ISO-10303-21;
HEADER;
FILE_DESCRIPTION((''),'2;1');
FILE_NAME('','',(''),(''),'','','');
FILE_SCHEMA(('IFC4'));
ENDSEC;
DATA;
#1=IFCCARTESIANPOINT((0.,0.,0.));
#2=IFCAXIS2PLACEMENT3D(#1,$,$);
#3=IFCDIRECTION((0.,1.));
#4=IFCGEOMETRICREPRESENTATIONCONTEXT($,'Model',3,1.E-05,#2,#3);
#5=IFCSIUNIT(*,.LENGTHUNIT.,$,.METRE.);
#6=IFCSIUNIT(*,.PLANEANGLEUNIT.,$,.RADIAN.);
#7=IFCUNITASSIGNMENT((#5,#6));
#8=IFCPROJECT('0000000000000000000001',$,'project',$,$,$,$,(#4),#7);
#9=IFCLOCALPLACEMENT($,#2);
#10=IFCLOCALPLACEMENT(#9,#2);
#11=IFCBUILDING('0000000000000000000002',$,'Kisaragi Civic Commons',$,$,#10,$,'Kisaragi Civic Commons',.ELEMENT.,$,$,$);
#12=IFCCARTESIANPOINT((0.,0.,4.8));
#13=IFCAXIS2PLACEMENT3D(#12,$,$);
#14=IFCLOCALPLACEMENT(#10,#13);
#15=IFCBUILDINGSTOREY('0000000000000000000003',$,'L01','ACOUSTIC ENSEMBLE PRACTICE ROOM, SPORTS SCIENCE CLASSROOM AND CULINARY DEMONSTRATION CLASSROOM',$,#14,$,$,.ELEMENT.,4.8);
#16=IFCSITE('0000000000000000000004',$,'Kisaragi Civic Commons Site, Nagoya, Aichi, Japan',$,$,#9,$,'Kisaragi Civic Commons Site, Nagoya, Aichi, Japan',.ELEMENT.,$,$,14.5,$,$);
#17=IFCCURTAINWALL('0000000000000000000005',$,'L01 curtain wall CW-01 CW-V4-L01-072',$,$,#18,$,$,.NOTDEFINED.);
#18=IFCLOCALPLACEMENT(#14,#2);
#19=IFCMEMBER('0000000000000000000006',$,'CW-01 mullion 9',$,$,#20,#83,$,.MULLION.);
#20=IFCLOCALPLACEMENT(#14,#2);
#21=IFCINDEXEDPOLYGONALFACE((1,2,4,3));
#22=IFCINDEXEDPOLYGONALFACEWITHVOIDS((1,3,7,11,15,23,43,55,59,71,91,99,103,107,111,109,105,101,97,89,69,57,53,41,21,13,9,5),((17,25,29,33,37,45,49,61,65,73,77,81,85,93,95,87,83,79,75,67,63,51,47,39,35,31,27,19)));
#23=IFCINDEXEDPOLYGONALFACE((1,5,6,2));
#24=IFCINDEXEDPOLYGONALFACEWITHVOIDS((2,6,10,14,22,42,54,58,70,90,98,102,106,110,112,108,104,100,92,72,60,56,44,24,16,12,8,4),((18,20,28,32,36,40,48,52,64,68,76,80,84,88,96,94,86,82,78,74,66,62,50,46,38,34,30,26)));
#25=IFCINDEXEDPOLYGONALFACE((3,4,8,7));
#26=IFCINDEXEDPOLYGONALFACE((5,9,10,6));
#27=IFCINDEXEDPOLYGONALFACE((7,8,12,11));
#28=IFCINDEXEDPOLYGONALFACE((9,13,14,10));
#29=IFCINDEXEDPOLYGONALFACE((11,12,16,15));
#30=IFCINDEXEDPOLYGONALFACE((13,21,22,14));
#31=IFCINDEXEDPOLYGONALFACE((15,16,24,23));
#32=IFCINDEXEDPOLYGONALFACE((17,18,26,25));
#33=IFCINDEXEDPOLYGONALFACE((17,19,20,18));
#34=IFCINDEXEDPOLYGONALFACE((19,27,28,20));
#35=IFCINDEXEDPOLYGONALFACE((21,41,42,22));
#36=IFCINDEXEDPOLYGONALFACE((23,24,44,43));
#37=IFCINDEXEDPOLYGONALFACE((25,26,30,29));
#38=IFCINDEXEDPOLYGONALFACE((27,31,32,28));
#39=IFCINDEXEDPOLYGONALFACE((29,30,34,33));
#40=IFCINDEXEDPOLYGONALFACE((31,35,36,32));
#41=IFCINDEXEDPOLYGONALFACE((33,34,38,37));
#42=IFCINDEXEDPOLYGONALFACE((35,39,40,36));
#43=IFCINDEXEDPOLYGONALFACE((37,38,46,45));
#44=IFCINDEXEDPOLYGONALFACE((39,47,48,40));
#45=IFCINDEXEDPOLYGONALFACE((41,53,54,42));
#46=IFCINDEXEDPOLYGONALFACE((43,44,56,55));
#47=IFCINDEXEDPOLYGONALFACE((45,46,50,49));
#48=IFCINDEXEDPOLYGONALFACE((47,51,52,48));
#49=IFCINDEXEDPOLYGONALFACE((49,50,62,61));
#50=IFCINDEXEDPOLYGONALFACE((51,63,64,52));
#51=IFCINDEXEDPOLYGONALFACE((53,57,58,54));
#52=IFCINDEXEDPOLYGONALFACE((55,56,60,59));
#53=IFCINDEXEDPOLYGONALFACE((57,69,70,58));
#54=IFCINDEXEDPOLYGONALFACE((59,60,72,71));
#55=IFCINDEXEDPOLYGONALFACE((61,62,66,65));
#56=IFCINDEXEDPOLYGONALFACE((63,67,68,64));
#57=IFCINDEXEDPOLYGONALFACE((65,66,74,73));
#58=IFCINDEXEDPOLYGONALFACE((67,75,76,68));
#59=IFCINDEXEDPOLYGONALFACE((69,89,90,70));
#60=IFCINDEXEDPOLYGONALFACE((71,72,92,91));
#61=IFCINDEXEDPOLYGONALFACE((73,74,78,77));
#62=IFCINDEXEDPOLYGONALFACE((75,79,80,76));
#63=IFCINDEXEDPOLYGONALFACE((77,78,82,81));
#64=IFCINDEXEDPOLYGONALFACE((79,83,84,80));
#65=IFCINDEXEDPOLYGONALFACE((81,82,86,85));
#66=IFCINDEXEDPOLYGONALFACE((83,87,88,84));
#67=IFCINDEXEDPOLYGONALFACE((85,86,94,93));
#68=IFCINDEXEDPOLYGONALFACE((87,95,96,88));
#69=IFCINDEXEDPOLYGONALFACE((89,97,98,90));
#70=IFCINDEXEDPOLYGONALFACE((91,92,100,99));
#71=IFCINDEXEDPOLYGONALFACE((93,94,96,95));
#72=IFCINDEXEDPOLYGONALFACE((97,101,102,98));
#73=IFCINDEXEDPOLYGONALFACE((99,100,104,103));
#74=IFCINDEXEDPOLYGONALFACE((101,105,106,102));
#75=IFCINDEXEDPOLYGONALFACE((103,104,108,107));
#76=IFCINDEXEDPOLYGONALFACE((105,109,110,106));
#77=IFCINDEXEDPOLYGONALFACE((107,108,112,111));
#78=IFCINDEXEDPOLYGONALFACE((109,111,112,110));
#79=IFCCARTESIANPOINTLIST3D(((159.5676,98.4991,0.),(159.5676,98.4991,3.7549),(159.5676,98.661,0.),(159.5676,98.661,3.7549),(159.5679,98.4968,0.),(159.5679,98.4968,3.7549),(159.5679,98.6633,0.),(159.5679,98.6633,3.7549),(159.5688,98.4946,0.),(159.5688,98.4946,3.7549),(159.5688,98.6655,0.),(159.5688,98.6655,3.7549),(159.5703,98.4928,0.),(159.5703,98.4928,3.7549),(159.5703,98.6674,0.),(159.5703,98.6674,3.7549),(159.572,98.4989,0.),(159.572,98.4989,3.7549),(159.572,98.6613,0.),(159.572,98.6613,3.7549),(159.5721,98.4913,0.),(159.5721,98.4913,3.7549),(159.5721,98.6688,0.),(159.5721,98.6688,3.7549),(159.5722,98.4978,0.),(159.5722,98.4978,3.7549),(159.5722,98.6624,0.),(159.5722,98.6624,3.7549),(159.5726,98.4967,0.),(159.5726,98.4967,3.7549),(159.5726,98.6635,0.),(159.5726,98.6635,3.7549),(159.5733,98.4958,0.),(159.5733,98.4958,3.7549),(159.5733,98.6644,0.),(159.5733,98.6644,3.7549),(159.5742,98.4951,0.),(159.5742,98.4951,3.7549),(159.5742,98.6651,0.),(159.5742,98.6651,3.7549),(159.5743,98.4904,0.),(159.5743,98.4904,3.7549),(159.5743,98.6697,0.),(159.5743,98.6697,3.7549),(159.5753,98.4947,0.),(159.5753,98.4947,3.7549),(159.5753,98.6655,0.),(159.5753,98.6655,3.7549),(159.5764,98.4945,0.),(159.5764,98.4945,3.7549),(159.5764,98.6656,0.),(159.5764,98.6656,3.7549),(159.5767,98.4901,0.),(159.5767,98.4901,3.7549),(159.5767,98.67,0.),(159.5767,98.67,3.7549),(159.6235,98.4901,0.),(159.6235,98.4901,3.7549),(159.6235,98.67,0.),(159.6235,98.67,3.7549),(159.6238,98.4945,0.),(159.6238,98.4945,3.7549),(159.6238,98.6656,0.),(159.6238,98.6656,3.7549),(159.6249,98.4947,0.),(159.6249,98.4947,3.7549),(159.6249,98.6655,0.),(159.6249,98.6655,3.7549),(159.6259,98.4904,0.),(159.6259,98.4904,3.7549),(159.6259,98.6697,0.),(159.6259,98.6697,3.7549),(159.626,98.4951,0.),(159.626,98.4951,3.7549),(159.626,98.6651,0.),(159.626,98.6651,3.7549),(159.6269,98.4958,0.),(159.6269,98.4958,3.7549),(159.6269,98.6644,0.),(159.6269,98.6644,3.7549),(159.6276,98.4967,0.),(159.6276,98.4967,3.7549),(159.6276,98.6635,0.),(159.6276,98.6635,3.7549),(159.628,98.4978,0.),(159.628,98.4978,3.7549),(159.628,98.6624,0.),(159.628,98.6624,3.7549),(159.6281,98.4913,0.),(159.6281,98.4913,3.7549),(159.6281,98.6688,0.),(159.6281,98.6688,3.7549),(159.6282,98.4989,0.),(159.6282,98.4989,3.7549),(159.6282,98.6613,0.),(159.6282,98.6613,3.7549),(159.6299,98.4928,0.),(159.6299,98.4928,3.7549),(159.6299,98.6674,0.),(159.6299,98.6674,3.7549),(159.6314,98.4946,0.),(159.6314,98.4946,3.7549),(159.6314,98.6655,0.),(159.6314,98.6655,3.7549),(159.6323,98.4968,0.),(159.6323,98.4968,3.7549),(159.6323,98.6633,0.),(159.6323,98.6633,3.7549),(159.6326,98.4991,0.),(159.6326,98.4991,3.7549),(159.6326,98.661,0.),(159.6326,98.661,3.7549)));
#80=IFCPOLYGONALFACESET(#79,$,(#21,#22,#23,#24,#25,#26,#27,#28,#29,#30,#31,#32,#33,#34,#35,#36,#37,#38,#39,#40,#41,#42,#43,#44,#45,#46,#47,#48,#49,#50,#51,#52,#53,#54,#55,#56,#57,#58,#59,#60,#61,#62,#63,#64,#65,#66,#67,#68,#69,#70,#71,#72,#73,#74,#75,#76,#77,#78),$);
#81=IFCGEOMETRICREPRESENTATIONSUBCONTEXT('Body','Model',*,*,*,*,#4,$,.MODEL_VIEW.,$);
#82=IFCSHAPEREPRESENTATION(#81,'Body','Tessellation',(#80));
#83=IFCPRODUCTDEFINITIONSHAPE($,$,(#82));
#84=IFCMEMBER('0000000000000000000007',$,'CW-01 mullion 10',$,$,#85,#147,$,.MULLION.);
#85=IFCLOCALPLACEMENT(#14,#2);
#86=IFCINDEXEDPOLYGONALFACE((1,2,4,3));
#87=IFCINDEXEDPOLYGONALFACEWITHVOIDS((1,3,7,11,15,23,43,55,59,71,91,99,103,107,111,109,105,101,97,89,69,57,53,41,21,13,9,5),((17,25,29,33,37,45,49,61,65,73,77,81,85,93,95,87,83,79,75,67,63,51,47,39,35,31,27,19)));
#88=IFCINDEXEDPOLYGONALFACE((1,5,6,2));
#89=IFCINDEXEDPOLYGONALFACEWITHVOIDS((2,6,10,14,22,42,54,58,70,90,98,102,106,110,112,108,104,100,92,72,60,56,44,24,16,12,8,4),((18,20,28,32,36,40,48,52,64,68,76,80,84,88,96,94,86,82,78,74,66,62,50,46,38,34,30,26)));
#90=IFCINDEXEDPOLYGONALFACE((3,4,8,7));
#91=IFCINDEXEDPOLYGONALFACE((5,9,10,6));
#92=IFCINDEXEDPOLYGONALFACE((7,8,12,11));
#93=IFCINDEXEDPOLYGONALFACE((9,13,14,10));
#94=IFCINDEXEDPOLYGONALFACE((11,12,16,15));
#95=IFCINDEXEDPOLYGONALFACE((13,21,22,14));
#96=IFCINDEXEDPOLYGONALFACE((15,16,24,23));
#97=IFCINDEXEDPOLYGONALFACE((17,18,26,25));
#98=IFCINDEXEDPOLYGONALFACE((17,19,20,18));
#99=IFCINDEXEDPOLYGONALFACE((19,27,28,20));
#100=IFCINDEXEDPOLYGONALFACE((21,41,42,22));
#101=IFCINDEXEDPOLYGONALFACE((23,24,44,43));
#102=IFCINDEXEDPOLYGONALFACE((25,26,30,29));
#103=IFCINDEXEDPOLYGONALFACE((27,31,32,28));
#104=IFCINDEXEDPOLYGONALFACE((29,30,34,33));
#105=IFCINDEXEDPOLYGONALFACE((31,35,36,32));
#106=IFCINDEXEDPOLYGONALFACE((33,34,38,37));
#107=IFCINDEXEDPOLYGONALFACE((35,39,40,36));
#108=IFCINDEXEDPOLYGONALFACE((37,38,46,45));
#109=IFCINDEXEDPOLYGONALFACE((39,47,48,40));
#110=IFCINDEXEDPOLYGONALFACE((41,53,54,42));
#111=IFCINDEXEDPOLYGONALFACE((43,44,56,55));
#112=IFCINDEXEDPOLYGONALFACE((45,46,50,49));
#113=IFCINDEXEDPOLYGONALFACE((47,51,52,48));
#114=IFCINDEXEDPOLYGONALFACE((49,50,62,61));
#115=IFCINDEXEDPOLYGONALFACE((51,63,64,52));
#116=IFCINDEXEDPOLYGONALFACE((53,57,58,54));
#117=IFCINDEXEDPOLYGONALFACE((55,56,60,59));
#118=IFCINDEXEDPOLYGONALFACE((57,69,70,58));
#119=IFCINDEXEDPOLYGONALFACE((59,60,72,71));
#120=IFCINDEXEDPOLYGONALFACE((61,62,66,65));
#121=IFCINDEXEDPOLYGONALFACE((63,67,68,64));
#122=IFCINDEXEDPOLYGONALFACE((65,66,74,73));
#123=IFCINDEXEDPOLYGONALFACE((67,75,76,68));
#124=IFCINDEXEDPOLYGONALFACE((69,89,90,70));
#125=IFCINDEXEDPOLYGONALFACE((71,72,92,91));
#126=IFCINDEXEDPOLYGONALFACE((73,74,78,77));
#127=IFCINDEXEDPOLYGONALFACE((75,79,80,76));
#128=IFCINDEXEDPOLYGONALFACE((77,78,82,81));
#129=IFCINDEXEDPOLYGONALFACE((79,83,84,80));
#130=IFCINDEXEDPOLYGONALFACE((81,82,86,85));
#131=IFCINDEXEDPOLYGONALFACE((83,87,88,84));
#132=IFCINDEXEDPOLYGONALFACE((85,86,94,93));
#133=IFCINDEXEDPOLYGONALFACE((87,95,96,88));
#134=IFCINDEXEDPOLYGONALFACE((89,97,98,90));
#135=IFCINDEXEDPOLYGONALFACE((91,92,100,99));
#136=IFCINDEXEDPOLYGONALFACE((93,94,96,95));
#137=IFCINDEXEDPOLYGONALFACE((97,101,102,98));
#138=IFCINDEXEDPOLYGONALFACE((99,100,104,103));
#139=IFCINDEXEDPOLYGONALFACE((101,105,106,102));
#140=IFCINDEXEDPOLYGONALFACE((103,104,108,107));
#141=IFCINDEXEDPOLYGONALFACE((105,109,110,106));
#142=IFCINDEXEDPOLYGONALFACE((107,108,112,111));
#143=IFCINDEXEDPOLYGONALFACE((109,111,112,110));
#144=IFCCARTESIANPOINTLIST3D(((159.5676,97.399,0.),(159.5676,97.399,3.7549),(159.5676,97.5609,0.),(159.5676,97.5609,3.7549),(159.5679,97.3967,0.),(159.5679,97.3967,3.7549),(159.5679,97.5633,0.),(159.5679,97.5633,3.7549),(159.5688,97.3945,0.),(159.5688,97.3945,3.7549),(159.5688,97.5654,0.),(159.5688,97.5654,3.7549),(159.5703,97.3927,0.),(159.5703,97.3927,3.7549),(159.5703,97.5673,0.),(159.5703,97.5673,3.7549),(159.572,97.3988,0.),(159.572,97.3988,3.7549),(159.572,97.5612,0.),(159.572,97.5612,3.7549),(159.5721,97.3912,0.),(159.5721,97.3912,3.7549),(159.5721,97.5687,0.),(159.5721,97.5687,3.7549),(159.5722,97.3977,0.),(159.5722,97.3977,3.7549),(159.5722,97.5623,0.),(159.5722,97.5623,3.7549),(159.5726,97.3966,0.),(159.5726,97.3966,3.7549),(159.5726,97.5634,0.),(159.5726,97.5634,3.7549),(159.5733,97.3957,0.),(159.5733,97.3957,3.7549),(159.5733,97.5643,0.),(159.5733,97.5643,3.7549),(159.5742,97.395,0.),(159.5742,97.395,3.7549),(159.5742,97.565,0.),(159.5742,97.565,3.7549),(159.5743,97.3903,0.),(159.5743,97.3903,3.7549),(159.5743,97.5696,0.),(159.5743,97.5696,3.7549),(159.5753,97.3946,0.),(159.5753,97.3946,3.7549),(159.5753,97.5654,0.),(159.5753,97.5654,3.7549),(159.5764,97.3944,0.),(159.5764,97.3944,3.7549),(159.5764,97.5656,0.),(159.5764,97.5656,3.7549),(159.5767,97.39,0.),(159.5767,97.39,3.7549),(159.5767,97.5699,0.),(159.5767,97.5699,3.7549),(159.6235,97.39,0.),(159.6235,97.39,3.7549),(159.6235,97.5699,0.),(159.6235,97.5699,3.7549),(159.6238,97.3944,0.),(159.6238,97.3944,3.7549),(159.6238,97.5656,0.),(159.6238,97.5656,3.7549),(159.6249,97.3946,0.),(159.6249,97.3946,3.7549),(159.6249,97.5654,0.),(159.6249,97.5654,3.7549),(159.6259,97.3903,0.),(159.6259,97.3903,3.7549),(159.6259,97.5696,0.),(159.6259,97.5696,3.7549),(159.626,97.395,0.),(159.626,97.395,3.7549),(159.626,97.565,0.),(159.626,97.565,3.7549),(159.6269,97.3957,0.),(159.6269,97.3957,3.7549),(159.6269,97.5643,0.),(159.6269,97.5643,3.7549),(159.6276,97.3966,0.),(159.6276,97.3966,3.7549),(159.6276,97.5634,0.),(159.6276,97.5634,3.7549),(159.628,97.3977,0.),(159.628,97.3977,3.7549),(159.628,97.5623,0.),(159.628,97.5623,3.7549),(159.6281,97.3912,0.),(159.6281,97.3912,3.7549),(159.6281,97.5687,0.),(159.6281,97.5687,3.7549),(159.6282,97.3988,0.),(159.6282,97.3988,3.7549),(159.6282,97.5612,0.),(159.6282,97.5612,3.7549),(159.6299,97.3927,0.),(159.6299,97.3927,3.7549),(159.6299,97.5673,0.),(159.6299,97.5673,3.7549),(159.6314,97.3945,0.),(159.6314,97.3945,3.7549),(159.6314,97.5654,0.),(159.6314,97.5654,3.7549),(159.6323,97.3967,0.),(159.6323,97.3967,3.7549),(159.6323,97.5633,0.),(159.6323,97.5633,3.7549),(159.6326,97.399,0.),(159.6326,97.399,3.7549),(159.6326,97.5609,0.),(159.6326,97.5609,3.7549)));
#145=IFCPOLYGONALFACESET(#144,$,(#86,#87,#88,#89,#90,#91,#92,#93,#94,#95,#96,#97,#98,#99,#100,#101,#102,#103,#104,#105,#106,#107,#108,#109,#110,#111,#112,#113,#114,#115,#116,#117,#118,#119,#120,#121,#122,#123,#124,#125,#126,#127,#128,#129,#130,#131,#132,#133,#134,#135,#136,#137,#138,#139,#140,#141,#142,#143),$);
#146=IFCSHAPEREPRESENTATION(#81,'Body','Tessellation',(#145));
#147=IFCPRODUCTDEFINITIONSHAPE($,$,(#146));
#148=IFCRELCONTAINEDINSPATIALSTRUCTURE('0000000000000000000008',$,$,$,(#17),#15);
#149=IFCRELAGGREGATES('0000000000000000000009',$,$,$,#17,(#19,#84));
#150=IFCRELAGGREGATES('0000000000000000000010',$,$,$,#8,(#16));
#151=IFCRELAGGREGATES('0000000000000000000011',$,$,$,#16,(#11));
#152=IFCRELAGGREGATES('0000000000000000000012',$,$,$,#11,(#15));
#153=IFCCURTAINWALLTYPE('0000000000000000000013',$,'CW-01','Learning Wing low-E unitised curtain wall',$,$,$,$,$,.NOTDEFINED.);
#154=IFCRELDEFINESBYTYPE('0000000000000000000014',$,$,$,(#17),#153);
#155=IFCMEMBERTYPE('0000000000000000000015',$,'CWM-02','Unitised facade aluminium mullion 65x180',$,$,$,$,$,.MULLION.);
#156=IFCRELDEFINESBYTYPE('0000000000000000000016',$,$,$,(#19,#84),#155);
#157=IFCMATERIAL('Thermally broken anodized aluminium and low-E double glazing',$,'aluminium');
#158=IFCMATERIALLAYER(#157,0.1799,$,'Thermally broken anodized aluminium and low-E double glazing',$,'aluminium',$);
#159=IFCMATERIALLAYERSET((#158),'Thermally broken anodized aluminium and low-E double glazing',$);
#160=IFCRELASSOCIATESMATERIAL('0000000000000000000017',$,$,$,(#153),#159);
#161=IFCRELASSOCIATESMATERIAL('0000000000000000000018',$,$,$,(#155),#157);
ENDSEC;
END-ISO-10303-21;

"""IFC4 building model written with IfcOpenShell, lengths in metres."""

from ifc_helpers import new_model, si_unit, direction, frame, origin, origin_2d, place, context, subcontext, project, spatial, hollow_rectangle, extrude, material, layer, layer_set, material_profile, profile_set, type_object, element, aggregate, save


model = new_model("IFC4")

# Units and contexts
model_context = context("Model", 3, precision=1e-05, world=origin(), true_north=direction((0.0, 1.0)))
body_context = subcontext(model_context, "Body", "Model", "MODEL_VIEW")
ifc_project = project(units=[si_unit("LENGTHUNIT", "METRE"), si_unit("PLANEANGLEUNIT", "RADIAN")], contexts=[model_context])

# Site, building, storey
site_placement = place(None, origin())
site = spatial("IfcSite", under=ifc_project, at=site_placement, Name="Kisaragi Civic Commons Site, Nagoya, Aichi, Japan", LongName="Kisaragi Civic Commons Site, Nagoya, Aichi, Japan", CompositionType="ELEMENT", RefElevation=14.5)
building_placement = place(site_placement, origin())
building = spatial("IfcBuilding", under=site, at=building_placement, Name="Kisaragi Civic Commons", LongName="Kisaragi Civic Commons", CompositionType="ELEMENT")
storey_placement = place(building_placement, frame((0.0, 0.0, 4.8)))
storey = spatial("IfcBuildingStorey", under=building, at=storey_placement, Name="L01", Description="ACOUSTIC ENSEMBLE PRACTICE ROOM, SPORTS SCIENCE CLASSROOM AND CULINARY DEMONSTRATION CLASSROOM", CompositionType="ELEMENT", Elevation=4.8)

# Curtain wall, members
ifc_material = material(Name="Thermally broken anodized aluminium and low-E double glazing", Category="aluminium")
ifc_layer_1 = layer(ifc_material, 0.1799, Name="Thermally broken anodized aluminium and low-E double glazing", Category="aluminium")
ifc_layer_set_1 = layer_set([ifc_layer_1], Name="Thermally broken anodized aluminium and low-E double glazing")
curtain_wall_type = type_object("IfcCurtainWallType", Name="CW-01", Description="Learning Wing low-E unitised curtain wall", PredefinedType="NOTDEFINED", material=ifc_layer_set_1)
curtain_wall_placement = place(storey_placement, origin())
curtain_wall = element("IfcCurtainWall", 1, at=curtain_wall_placement, inside=storey, type_object=curtain_wall_type, Name="L01 curtain wall CW-01 CW-V4-L01-072", PredefinedType="NOTDEFINED")
ifc_material_profile_1 = material_profile(ifc_material, hollow_rectangle(XDim=0.0649, YDim=0.1799, WallThickness=0.0044, InnerFilletRadius=0.0044, OuterFilletRadius=0.009, at=origin_2d()), Name="CWM-65x180x4.5", Category="aluminium")
ifc_profile_set_1 = profile_set([ifc_material_profile_1], Name="Thermally broken anodized aluminium and low-E double glazing")
member_type_1 = type_object("IfcMemberType", Name="CWM-02", Description="Unitised facade aluminium mullion 65x180", PredefinedType="MULLION", material=ifc_profile_set_1)
member_1_placement = place(storey_placement, frame((159.6001, 98.5801, 0.0), z_axis=(0.0, 0.0, 1.0), x_axis=(1.0, 0.0, 0.0)))
member_1 = element("IfcMember", 2, at=member_1_placement, type_object=member_type_1, Name="CW-01 mullion 9", PredefinedType="MULLION", context=body_context, shape_type="SweptSolid", body=[
    extrude(hollow_rectangle(XDim=0.0649, YDim=0.1799, WallThickness=0.0044, InnerFilletRadius=0.0044, OuterFilletRadius=0.009, at=origin_2d()), origin(), (0.0, 0.0, 1.0), 3.7549),
])
member_2_placement = place(storey_placement, frame((159.6001, 97.48, 0.0), z_axis=(0.0, 0.0, 1.0), x_axis=(1.0, 0.0, 0.0)))
member_2 = element("IfcMember", 3, at=member_2_placement, type_object=member_type_1, Name="CW-01 mullion 10", PredefinedType="MULLION", context=body_context, shape_type="SweptSolid", body=[
    extrude(hollow_rectangle(XDim=0.0649, YDim=0.1799, WallThickness=0.0044, InnerFilletRadius=0.0044, OuterFilletRadius=0.009, at=origin_2d()), origin(), (0.0, 0.0, 1.0), 3.7549),
])
aggregate(curtain_wall, [member_1, member_2])

save(model, "model.ifc")
